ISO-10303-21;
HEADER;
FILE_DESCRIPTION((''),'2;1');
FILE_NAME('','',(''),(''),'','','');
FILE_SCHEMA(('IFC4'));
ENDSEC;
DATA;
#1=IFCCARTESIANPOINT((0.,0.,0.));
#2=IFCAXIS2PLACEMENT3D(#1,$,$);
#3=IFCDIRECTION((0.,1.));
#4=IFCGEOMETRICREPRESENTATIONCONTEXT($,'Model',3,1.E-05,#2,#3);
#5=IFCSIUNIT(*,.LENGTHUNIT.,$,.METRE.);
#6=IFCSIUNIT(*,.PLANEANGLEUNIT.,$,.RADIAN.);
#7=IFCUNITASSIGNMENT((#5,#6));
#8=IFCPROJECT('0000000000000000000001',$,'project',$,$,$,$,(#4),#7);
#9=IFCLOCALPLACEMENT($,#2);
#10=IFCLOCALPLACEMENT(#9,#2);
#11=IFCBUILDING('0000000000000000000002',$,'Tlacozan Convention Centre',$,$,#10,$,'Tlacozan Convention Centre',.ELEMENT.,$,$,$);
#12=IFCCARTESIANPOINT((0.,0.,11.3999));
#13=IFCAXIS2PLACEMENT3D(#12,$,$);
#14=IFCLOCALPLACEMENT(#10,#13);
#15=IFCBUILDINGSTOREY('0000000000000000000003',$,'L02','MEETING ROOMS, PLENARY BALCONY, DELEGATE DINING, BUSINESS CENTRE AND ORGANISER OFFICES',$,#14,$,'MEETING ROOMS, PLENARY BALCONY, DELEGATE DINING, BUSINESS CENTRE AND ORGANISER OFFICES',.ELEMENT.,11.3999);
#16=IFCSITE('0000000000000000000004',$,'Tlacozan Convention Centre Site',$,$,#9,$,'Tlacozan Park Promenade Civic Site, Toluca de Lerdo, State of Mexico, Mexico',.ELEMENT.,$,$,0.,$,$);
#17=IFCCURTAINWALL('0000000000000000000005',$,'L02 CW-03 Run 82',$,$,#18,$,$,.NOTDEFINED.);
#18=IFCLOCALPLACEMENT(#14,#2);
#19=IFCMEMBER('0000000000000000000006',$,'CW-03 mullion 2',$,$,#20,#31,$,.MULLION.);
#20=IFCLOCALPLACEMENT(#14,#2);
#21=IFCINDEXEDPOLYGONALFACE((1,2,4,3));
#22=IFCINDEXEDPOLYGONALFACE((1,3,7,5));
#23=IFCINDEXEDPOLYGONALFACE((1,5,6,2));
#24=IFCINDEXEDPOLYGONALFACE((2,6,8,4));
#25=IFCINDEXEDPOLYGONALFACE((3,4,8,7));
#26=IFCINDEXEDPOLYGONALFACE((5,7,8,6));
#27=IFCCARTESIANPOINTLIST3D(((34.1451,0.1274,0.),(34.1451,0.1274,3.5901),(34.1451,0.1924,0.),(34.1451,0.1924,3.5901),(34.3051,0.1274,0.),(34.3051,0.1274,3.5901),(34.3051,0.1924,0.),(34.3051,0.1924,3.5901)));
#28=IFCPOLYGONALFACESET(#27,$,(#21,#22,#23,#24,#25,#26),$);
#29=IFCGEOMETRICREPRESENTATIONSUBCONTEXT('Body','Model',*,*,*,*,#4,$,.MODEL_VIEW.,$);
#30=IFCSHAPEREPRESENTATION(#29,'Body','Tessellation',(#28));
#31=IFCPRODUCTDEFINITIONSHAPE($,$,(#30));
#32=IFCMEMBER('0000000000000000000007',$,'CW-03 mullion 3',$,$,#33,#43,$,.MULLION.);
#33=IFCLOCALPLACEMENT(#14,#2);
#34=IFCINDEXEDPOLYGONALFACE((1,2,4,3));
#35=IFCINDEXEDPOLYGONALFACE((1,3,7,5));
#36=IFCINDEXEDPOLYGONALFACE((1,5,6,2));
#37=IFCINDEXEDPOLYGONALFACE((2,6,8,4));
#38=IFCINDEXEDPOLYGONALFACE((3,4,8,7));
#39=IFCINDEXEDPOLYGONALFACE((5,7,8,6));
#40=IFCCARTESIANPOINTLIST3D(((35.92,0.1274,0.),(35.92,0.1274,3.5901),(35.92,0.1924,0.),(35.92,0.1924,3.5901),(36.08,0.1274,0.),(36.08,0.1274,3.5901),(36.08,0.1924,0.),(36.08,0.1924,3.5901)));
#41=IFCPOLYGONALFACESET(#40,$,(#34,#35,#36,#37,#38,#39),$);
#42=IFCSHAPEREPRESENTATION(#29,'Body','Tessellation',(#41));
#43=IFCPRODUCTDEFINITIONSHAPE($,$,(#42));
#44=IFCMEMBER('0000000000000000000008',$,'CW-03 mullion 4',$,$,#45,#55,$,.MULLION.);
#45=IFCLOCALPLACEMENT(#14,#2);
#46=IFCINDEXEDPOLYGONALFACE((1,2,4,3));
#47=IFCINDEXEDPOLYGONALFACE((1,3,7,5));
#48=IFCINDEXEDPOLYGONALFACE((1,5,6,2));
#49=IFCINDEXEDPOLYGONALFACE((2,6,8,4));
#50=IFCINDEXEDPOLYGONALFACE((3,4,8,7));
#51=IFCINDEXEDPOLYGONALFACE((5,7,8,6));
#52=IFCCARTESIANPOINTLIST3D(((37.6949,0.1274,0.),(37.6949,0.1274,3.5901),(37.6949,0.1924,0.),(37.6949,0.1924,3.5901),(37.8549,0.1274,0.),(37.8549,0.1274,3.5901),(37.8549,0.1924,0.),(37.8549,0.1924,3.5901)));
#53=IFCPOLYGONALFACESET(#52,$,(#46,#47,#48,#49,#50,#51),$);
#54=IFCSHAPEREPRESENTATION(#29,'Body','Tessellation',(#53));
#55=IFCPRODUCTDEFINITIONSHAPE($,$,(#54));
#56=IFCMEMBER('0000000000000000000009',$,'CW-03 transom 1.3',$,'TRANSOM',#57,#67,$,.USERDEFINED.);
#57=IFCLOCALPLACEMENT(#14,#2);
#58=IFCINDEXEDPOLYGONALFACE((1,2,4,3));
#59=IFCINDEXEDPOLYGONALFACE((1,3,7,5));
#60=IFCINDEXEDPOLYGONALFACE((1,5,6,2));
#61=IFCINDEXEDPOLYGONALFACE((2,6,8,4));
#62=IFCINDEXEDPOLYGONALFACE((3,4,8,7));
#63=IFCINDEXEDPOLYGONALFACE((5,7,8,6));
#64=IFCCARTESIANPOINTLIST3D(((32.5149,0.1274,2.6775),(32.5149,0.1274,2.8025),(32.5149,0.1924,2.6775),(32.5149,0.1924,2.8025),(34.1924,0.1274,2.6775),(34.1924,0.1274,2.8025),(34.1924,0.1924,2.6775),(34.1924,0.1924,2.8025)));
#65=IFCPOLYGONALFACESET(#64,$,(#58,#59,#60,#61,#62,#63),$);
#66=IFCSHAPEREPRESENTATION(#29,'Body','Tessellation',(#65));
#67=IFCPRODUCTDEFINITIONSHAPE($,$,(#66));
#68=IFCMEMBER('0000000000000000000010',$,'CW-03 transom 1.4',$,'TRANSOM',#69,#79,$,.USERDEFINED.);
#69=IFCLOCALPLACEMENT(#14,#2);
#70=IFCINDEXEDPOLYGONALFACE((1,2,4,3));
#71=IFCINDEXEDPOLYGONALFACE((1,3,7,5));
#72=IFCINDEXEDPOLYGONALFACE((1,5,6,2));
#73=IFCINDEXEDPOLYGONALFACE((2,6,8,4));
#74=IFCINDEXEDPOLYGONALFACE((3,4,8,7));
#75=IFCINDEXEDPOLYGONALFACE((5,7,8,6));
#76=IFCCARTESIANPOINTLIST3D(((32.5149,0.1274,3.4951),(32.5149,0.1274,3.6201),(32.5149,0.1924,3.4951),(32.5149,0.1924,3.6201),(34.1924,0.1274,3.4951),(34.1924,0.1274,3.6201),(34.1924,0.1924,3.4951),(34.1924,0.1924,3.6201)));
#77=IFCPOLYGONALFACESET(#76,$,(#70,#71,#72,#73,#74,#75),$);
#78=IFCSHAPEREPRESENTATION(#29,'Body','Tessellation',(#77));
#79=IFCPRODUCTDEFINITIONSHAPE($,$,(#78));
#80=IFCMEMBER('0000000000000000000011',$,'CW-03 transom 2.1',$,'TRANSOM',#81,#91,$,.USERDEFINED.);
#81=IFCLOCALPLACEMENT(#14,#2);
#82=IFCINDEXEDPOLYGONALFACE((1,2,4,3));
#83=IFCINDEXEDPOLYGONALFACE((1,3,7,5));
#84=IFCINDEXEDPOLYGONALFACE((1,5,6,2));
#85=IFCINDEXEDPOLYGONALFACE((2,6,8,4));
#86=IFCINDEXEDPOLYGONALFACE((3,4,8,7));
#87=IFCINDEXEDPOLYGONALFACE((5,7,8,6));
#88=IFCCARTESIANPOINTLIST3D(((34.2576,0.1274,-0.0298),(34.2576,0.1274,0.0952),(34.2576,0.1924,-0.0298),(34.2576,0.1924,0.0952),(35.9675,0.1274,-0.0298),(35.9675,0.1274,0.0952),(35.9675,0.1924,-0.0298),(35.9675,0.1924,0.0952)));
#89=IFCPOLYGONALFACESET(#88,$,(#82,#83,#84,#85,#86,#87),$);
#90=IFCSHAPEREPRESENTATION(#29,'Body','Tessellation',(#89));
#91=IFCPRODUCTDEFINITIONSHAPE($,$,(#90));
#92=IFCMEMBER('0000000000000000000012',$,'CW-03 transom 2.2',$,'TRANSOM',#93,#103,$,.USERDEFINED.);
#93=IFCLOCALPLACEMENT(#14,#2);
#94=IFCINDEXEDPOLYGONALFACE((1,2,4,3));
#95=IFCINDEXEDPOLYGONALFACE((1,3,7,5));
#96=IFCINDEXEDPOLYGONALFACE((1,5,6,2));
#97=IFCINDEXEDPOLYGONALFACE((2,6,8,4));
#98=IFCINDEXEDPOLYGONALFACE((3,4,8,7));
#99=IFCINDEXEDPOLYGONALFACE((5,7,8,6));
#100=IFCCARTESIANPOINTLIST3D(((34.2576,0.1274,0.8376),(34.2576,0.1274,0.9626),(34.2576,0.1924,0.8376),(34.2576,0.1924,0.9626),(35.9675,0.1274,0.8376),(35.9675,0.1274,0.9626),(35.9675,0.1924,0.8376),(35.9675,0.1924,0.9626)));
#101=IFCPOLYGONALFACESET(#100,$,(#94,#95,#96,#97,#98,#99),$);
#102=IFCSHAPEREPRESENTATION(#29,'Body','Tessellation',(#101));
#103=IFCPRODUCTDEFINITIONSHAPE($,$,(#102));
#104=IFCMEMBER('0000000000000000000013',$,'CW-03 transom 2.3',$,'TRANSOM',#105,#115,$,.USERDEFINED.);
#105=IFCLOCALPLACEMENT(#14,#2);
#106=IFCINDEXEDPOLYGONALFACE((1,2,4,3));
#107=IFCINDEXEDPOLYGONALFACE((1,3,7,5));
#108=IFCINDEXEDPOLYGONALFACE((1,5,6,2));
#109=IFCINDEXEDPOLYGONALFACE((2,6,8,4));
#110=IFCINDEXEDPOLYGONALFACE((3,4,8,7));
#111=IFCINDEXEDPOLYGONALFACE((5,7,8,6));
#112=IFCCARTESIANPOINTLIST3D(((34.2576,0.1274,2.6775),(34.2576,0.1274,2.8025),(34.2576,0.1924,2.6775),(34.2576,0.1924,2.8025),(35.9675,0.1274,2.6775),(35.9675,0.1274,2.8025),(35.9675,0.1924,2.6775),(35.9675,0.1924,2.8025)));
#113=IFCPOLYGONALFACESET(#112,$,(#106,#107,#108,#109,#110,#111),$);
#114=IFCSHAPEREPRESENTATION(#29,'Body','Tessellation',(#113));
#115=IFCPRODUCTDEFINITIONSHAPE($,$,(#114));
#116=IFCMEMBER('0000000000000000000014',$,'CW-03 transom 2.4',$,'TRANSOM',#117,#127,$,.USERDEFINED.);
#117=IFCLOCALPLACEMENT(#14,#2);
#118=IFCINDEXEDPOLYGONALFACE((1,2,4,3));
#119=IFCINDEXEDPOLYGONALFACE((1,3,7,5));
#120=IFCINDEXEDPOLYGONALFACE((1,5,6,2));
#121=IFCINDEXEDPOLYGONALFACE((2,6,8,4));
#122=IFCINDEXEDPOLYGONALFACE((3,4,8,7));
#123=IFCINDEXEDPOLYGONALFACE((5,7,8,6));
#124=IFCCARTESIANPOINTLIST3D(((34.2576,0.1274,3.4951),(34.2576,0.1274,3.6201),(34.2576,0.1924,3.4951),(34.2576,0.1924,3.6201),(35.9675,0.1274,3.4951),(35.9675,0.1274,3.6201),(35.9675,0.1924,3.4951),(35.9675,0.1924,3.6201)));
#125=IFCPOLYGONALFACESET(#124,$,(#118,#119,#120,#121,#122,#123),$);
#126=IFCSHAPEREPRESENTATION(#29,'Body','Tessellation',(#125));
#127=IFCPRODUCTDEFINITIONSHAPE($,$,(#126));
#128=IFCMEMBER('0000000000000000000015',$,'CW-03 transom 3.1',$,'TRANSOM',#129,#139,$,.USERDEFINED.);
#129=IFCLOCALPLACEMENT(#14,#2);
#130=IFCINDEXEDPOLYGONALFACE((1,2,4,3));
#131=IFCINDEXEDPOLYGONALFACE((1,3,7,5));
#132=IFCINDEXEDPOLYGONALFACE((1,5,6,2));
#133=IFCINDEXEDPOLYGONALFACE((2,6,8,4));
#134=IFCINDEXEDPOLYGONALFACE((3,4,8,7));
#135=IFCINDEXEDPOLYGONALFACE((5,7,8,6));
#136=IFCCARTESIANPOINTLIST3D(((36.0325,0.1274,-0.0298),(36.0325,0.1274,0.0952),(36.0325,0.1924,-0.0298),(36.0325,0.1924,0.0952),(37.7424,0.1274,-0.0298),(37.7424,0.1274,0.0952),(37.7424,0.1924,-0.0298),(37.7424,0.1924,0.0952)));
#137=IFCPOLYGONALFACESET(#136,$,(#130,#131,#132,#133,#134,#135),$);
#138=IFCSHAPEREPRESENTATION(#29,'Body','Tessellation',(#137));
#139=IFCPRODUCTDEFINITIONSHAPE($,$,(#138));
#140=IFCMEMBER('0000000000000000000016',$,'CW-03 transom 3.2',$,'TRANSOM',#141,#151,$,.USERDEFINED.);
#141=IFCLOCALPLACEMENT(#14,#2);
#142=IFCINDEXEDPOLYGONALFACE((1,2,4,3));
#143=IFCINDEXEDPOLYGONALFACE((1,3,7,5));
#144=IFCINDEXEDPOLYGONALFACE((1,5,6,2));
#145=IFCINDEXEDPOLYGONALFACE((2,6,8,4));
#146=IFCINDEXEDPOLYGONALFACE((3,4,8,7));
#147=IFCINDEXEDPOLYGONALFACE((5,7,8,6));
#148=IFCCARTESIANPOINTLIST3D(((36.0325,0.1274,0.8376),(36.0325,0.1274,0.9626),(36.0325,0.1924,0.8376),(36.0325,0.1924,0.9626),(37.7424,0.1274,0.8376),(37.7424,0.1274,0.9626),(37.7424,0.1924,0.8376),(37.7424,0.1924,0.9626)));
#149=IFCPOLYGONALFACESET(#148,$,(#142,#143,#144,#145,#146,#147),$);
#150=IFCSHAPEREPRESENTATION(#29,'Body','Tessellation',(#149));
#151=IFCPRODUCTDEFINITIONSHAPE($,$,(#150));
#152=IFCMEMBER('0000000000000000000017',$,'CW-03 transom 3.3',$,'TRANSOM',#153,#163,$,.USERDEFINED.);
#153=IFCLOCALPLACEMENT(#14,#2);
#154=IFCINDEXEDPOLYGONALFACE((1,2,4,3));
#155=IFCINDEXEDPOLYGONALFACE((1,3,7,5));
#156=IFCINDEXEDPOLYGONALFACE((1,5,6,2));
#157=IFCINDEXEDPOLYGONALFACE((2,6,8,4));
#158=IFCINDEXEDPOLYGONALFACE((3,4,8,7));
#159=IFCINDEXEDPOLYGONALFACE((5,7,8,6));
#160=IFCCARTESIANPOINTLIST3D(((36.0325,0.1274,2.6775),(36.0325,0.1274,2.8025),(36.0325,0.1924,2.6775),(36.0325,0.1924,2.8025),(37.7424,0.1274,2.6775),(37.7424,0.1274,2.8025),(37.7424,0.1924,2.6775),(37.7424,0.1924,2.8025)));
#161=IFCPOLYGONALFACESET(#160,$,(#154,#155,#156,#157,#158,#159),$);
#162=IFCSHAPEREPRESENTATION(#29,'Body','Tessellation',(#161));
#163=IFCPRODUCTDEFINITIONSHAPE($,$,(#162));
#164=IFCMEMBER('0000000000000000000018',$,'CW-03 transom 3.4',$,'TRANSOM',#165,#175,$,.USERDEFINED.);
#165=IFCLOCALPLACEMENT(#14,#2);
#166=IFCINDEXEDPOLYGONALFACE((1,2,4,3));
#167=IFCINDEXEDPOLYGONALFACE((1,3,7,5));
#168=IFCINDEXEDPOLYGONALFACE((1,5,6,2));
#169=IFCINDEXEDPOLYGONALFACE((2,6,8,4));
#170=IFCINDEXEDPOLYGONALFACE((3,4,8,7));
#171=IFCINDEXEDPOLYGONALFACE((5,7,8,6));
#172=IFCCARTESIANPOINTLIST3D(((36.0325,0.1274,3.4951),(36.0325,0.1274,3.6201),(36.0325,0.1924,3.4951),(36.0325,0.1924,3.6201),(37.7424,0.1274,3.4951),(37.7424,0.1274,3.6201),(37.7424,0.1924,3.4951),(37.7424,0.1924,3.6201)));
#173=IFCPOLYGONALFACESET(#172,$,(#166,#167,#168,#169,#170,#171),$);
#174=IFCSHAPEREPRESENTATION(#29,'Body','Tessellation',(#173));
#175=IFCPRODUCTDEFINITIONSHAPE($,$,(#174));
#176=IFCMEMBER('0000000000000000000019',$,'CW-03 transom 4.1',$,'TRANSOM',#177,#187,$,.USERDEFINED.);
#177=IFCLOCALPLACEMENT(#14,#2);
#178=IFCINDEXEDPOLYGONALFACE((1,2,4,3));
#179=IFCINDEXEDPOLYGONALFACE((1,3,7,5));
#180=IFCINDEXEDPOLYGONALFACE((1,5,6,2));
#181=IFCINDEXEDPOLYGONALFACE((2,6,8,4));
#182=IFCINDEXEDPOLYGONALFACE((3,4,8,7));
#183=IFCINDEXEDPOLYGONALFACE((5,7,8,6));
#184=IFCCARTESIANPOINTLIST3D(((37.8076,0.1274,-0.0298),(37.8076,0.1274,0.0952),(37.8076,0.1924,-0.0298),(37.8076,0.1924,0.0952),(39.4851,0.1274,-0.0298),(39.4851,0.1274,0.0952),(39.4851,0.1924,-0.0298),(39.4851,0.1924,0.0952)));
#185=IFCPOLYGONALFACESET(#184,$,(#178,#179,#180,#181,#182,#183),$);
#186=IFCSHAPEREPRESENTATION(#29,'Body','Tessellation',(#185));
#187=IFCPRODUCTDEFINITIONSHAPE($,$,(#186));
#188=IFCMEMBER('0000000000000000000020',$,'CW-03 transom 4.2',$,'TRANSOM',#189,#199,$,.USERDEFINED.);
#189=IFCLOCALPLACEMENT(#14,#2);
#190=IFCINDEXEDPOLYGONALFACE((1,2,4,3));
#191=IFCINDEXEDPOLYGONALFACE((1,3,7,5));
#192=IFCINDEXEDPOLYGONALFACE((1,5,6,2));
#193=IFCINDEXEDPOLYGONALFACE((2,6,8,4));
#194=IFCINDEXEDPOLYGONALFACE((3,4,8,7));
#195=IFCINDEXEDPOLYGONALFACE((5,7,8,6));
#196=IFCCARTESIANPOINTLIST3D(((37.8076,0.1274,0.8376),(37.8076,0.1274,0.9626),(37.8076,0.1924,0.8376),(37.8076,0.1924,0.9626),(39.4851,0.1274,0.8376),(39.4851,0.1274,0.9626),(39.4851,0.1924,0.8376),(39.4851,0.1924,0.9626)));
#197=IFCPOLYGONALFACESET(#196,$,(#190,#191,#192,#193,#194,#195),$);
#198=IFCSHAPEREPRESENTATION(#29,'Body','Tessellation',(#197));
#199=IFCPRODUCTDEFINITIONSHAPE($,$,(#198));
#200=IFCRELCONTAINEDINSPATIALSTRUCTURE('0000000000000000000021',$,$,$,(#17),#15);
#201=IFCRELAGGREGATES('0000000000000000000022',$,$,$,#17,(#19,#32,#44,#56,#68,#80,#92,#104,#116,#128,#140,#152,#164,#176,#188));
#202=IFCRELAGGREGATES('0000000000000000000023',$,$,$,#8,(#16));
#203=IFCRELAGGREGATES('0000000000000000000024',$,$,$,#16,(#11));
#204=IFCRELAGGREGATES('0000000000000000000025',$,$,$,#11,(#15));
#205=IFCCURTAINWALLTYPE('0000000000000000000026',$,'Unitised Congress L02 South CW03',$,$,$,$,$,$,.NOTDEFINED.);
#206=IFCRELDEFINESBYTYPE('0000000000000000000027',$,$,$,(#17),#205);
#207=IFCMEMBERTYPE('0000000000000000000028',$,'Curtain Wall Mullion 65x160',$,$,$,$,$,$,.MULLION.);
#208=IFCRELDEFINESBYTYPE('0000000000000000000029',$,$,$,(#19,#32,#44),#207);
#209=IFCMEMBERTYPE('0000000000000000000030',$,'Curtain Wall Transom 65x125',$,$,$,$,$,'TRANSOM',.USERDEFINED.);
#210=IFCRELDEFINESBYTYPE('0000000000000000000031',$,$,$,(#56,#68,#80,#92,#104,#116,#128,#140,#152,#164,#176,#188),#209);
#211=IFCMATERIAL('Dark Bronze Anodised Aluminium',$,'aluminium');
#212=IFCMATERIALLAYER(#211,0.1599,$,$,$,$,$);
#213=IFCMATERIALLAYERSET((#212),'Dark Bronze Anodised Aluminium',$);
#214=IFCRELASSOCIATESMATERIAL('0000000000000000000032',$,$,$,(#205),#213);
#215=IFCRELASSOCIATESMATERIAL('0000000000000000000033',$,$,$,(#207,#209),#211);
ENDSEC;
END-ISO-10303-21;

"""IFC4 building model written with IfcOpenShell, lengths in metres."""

from ifc_helpers import new_model, si_unit, direction, frame, origin, origin_2d, place, context, subcontext, project, spatial, rectangle, extrude, material, layer, layer_set, material_profile, profile_set, type_object, element, aggregate, save


model = new_model("IFC4")

# Units and contexts
model_context = context("Model", 3, precision=1e-05, world=origin(), true_north=direction((0.0, 1.0)))
body_context = subcontext(model_context, "Body", "Model", "MODEL_VIEW")
ifc_project = project(units=[si_unit("LENGTHUNIT", "METRE"), si_unit("PLANEANGLEUNIT", "RADIAN")], contexts=[model_context])

# Site, building, storey
site_placement = place(None, origin())
site = spatial("IfcSite", under=ifc_project, at=site_placement, Name="Tlacozan Convention Centre Site", LongName="Tlacozan Park Promenade Civic Site, Toluca de Lerdo, State of Mexico, Mexico", CompositionType="ELEMENT", RefElevation=0.0)
building_placement = place(site_placement, origin())
building = spatial("IfcBuilding", under=site, at=building_placement, Name="Tlacozan Convention Centre", LongName="Tlacozan Convention Centre", CompositionType="ELEMENT")
storey_placement = place(building_placement, frame((0.0, 0.0, 11.3999)))
storey = spatial("IfcBuildingStorey", under=building, at=storey_placement, Name="L02", Description="MEETING ROOMS, PLENARY BALCONY, DELEGATE DINING, BUSINESS CENTRE AND ORGANISER OFFICES", LongName="MEETING ROOMS, PLENARY BALCONY, DELEGATE DINING, BUSINESS CENTRE AND ORGANISER OFFICES", CompositionType="ELEMENT", Elevation=11.3999)

# Curtain wall, members
ifc_material_1 = material(Name="Dark Bronze Anodised Aluminium", Category="aluminium")
ifc_layer_1 = layer(ifc_material_1, 0.1599)
ifc_layer_set_1 = layer_set([ifc_layer_1], Name="Dark Bronze Anodised Aluminium")
curtain_wall_type = type_object("IfcCurtainWallType", Name="Unitised Congress L02 South CW03", PredefinedType="NOTDEFINED", material=ifc_layer_set_1)
curtain_wall_placement = place(storey_placement, origin())
curtain_wall = element("IfcCurtainWall", 1, at=curtain_wall_placement, inside=storey, type_object=curtain_wall_type, Name="L02 CW-03 Run 82", PredefinedType="NOTDEFINED")
ifc_material_profile_1 = material_profile(ifc_material_1, rectangle(XDim=0.0649, YDim=0.1599, at=origin_2d()), Name="ALU 65x160")
ifc_profile_set_1 = profile_set([ifc_material_profile_1], Name="Dark Bronze Anodised Aluminium")
member_type_1 = type_object("IfcMemberType", Name="Curtain Wall Mullion 65x160", PredefinedType="MULLION", material=ifc_profile_set_1)
member_1_placement = place(storey_placement, frame((34.2251, 0.1599, 0.0), z_axis=(0.0, 0.0, 1.0), x_axis=(0.0, 1.0, 0.0)))
member_1 = element("IfcMember", 2, at=member_1_placement, type_object=member_type_1, Name="CW-03 mullion 2", PredefinedType="MULLION", context=body_context, shape_type="SweptSolid", body=[
    extrude(rectangle(XDim=0.0649, YDim=0.1599, at=origin_2d()), origin(), (0.0, 0.0, 1.0), 3.5901),
])
member_2_placement = place(storey_placement, frame((36.0, 0.1599, 0.0), z_axis=(0.0, 0.0, 1.0), x_axis=(0.0, 1.0, 0.0)))
member_2 = element("IfcMember", 3, at=member_2_placement, type_object=member_type_1, Name="CW-03 mullion 3", PredefinedType="MULLION", context=body_context, shape_type="SweptSolid", body=[
    extrude(rectangle(XDim=0.0649, YDim=0.1599, at=origin_2d()), origin(), (0.0, 0.0, 1.0), 3.5901),
])
member_3_placement = place(storey_placement, frame((37.7749, 0.1599, 0.0), z_axis=(0.0, 0.0, 1.0), x_axis=(0.0, 1.0, 0.0)))
member_3 = element("IfcMember", 4, at=member_3_placement, type_object=member_type_1, Name="CW-03 mullion 4", PredefinedType="MULLION", context=body_context, shape_type="SweptSolid", body=[
    extrude(rectangle(XDim=0.0649, YDim=0.1599, at=origin_2d()), origin(), (0.0, 0.0, 1.0), 3.5901),
])
ifc_material_profile_2 = material_profile(ifc_material_1, rectangle(XDim=0.0649, YDim=0.125, at=origin_2d()), Name="ALU 65x125")
ifc_profile_set_2 = profile_set([ifc_material_profile_2], Name="Dark Bronze Anodised Aluminium")
member_type_2 = type_object("IfcMemberType", Name="Curtain Wall Transom 65x125", ElementType="TRANSOM", PredefinedType="USERDEFINED", material=ifc_profile_set_2)
member_4_placement = place(storey_placement, frame((32.5149, 0.1599, 2.74), z_axis=(1.0, 0.0, 0.0), x_axis=(0.0, 1.0, 0.0)))
member_4 = element("IfcMember", 5, at=member_4_placement, type_object=member_type_2, Name="CW-03 transom 1.3", ObjectType="TRANSOM", PredefinedType="USERDEFINED", context=body_context, shape_type="SweptSolid", body=[
    extrude(rectangle(XDim=0.0649, YDim=0.125, at=origin_2d()), origin(), (0.0, 0.0, 1.0), 1.6775),
])
member_5_placement = place(storey_placement, frame((32.5149, 0.1599, 3.5576), z_axis=(1.0, 0.0, 0.0), x_axis=(0.0, 1.0, 0.0)))
member_5 = element("IfcMember", 6, at=member_5_placement, type_object=member_type_2, Name="CW-03 transom 1.4", ObjectType="TRANSOM", PredefinedType="USERDEFINED", context=body_context, shape_type="SweptSolid", body=[
    extrude(rectangle(XDim=0.0649, YDim=0.125, at=origin_2d()), origin(), (0.0, 0.0, 1.0), 1.6775),
])
member_6_placement = place(storey_placement, frame((34.2576, 0.1599, 0.0327), z_axis=(1.0, 0.0, 0.0), x_axis=(0.0, 1.0, 0.0)))
member_6 = element("IfcMember", 7, at=member_6_placement, type_object=member_type_2, Name="CW-03 transom 2.1", ObjectType="TRANSOM", PredefinedType="USERDEFINED", context=body_context, shape_type="SweptSolid", body=[
    extrude(rectangle(XDim=0.0649, YDim=0.125, at=origin_2d()), origin(), (0.0, 0.0, 1.0), 1.71),
])
member_7_placement = place(storey_placement, frame((34.2576, 0.1599, 0.9001), z_axis=(1.0, 0.0, 0.0), x_axis=(0.0, 1.0, 0.0)))
member_7 = element("IfcMember", 8, at=member_7_placement, type_object=member_type_2, Name="CW-03 transom 2.2", ObjectType="TRANSOM", PredefinedType="USERDEFINED", context=body_context, shape_type="SweptSolid", body=[
    extrude(rectangle(XDim=0.0649, YDim=0.125, at=origin_2d()), origin(), (0.0, 0.0, 1.0), 1.71),
])
member_8_placement = place(storey_placement, frame((34.2576, 0.1599, 2.74), z_axis=(1.0, 0.0, 0.0), x_axis=(0.0, 1.0, 0.0)))
member_8 = element("IfcMember", 9, at=member_8_placement, type_object=member_type_2, Name="CW-03 transom 2.3", ObjectType="TRANSOM", PredefinedType="USERDEFINED", context=body_context, shape_type="SweptSolid", body=[
    extrude(rectangle(XDim=0.0649, YDim=0.125, at=origin_2d()), origin(), (0.0, 0.0, 1.0), 1.71),
])
member_9_placement = place(storey_placement, frame((34.2576, 0.1599, 3.5576), z_axis=(1.0, 0.0, 0.0), x_axis=(0.0, 1.0, 0.0)))
member_9 = element("IfcMember", 10, at=member_9_placement, type_object=member_type_2, Name="CW-03 transom 2.4", ObjectType="TRANSOM", PredefinedType="USERDEFINED", context=body_context, shape_type="SweptSolid", body=[
    extrude(rectangle(XDim=0.0649, YDim=0.125, at=origin_2d()), origin(), (0.0, 0.0, 1.0), 1.71),
])
member_10_placement = place(storey_placement, frame((36.0325, 0.1599, 0.0327), z_axis=(1.0, 0.0, 0.0), x_axis=(0.0, 1.0, 0.0)))
member_10 = element("IfcMember", 11, at=member_10_placement, type_object=member_type_2, Name="CW-03 transom 3.1", ObjectType="TRANSOM", PredefinedType="USERDEFINED", context=body_context, shape_type="SweptSolid", body=[
    extrude(rectangle(XDim=0.0649, YDim=0.125, at=origin_2d()), origin(), (0.0, 0.0, 1.0), 1.71),
])
member_11_placement = place(storey_placement, frame((36.0325, 0.1599, 0.9001), z_axis=(1.0, 0.0, 0.0), x_axis=(0.0, 1.0, 0.0)))
member_11 = element("IfcMember", 12, at=member_11_placement, type_object=member_type_2, Name="CW-03 transom 3.2", ObjectType="TRANSOM", PredefinedType="USERDEFINED", context=body_context, shape_type="SweptSolid", body=[
    extrude(rectangle(XDim=0.0649, YDim=0.125, at=origin_2d()), origin(), (0.0, 0.0, 1.0), 1.71),
])
member_12_placement = place(storey_placement, frame((36.0325, 0.1599, 2.74), z_axis=(1.0, 0.0, 0.0), x_axis=(0.0, 1.0, 0.0)))
member_12 = element("IfcMember", 13, at=member_12_placement, type_object=member_type_2, Name="CW-03 transom 3.3", ObjectType="TRANSOM", PredefinedType="USERDEFINED", context=body_context, shape_type="SweptSolid", body=[
    extrude(rectangle(XDim=0.0649, YDim=0.125, at=origin_2d()), origin(), (0.0, 0.0, 1.0), 1.71),
])
member_13_placement = place(storey_placement, frame((36.0325, 0.1599, 3.5576), z_axis=(1.0, 0.0, 0.0), x_axis=(0.0, 1.0, 0.0)))
member_13 = element("IfcMember", 14, at=member_13_placement, type_object=member_type_2, Name="CW-03 transom 3.4", ObjectType="TRANSOM", PredefinedType="USERDEFINED", context=body_context, shape_type="SweptSolid", body=[
    extrude(rectangle(XDim=0.0649, YDim=0.125, at=origin_2d()), origin(), (0.0, 0.0, 1.0), 1.71),
])
member_14_placement = place(storey_placement, frame((37.8076, 0.1599, 0.0327), z_axis=(1.0, 0.0, 0.0), x_axis=(0.0, 1.0, 0.0)))
member_14 = element("IfcMember", 15, at=member_14_placement, type_object=member_type_2, Name="CW-03 transom 4.1", ObjectType="TRANSOM", PredefinedType="USERDEFINED", context=body_context, shape_type="SweptSolid", body=[
    extrude(rectangle(XDim=0.0649, YDim=0.125, at=origin_2d()), origin(), (0.0, 0.0, 1.0), 1.6775),
])
member_15_placement = place(storey_placement, frame((37.8076, 0.1599, 0.9001), z_axis=(1.0, 0.0, 0.0), x_axis=(0.0, 1.0, 0.0)))
member_15 = element("IfcMember", 16, at=member_15_placement, type_object=member_type_2, Name="CW-03 transom 4.2", ObjectType="TRANSOM", PredefinedType="USERDEFINED", context=body_context, shape_type="SweptSolid", body=[
    extrude(rectangle(XDim=0.0649, YDim=0.125, at=origin_2d()), origin(), (0.0, 0.0, 1.0), 1.6775),
])
aggregate(curtain_wall, [member_1, member_2, member_3, member_4, member_5, member_6, member_7, member_8, member_9, member_10, member_11, member_12, member_13, member_14, member_15])

save(model, "model.ifc")
